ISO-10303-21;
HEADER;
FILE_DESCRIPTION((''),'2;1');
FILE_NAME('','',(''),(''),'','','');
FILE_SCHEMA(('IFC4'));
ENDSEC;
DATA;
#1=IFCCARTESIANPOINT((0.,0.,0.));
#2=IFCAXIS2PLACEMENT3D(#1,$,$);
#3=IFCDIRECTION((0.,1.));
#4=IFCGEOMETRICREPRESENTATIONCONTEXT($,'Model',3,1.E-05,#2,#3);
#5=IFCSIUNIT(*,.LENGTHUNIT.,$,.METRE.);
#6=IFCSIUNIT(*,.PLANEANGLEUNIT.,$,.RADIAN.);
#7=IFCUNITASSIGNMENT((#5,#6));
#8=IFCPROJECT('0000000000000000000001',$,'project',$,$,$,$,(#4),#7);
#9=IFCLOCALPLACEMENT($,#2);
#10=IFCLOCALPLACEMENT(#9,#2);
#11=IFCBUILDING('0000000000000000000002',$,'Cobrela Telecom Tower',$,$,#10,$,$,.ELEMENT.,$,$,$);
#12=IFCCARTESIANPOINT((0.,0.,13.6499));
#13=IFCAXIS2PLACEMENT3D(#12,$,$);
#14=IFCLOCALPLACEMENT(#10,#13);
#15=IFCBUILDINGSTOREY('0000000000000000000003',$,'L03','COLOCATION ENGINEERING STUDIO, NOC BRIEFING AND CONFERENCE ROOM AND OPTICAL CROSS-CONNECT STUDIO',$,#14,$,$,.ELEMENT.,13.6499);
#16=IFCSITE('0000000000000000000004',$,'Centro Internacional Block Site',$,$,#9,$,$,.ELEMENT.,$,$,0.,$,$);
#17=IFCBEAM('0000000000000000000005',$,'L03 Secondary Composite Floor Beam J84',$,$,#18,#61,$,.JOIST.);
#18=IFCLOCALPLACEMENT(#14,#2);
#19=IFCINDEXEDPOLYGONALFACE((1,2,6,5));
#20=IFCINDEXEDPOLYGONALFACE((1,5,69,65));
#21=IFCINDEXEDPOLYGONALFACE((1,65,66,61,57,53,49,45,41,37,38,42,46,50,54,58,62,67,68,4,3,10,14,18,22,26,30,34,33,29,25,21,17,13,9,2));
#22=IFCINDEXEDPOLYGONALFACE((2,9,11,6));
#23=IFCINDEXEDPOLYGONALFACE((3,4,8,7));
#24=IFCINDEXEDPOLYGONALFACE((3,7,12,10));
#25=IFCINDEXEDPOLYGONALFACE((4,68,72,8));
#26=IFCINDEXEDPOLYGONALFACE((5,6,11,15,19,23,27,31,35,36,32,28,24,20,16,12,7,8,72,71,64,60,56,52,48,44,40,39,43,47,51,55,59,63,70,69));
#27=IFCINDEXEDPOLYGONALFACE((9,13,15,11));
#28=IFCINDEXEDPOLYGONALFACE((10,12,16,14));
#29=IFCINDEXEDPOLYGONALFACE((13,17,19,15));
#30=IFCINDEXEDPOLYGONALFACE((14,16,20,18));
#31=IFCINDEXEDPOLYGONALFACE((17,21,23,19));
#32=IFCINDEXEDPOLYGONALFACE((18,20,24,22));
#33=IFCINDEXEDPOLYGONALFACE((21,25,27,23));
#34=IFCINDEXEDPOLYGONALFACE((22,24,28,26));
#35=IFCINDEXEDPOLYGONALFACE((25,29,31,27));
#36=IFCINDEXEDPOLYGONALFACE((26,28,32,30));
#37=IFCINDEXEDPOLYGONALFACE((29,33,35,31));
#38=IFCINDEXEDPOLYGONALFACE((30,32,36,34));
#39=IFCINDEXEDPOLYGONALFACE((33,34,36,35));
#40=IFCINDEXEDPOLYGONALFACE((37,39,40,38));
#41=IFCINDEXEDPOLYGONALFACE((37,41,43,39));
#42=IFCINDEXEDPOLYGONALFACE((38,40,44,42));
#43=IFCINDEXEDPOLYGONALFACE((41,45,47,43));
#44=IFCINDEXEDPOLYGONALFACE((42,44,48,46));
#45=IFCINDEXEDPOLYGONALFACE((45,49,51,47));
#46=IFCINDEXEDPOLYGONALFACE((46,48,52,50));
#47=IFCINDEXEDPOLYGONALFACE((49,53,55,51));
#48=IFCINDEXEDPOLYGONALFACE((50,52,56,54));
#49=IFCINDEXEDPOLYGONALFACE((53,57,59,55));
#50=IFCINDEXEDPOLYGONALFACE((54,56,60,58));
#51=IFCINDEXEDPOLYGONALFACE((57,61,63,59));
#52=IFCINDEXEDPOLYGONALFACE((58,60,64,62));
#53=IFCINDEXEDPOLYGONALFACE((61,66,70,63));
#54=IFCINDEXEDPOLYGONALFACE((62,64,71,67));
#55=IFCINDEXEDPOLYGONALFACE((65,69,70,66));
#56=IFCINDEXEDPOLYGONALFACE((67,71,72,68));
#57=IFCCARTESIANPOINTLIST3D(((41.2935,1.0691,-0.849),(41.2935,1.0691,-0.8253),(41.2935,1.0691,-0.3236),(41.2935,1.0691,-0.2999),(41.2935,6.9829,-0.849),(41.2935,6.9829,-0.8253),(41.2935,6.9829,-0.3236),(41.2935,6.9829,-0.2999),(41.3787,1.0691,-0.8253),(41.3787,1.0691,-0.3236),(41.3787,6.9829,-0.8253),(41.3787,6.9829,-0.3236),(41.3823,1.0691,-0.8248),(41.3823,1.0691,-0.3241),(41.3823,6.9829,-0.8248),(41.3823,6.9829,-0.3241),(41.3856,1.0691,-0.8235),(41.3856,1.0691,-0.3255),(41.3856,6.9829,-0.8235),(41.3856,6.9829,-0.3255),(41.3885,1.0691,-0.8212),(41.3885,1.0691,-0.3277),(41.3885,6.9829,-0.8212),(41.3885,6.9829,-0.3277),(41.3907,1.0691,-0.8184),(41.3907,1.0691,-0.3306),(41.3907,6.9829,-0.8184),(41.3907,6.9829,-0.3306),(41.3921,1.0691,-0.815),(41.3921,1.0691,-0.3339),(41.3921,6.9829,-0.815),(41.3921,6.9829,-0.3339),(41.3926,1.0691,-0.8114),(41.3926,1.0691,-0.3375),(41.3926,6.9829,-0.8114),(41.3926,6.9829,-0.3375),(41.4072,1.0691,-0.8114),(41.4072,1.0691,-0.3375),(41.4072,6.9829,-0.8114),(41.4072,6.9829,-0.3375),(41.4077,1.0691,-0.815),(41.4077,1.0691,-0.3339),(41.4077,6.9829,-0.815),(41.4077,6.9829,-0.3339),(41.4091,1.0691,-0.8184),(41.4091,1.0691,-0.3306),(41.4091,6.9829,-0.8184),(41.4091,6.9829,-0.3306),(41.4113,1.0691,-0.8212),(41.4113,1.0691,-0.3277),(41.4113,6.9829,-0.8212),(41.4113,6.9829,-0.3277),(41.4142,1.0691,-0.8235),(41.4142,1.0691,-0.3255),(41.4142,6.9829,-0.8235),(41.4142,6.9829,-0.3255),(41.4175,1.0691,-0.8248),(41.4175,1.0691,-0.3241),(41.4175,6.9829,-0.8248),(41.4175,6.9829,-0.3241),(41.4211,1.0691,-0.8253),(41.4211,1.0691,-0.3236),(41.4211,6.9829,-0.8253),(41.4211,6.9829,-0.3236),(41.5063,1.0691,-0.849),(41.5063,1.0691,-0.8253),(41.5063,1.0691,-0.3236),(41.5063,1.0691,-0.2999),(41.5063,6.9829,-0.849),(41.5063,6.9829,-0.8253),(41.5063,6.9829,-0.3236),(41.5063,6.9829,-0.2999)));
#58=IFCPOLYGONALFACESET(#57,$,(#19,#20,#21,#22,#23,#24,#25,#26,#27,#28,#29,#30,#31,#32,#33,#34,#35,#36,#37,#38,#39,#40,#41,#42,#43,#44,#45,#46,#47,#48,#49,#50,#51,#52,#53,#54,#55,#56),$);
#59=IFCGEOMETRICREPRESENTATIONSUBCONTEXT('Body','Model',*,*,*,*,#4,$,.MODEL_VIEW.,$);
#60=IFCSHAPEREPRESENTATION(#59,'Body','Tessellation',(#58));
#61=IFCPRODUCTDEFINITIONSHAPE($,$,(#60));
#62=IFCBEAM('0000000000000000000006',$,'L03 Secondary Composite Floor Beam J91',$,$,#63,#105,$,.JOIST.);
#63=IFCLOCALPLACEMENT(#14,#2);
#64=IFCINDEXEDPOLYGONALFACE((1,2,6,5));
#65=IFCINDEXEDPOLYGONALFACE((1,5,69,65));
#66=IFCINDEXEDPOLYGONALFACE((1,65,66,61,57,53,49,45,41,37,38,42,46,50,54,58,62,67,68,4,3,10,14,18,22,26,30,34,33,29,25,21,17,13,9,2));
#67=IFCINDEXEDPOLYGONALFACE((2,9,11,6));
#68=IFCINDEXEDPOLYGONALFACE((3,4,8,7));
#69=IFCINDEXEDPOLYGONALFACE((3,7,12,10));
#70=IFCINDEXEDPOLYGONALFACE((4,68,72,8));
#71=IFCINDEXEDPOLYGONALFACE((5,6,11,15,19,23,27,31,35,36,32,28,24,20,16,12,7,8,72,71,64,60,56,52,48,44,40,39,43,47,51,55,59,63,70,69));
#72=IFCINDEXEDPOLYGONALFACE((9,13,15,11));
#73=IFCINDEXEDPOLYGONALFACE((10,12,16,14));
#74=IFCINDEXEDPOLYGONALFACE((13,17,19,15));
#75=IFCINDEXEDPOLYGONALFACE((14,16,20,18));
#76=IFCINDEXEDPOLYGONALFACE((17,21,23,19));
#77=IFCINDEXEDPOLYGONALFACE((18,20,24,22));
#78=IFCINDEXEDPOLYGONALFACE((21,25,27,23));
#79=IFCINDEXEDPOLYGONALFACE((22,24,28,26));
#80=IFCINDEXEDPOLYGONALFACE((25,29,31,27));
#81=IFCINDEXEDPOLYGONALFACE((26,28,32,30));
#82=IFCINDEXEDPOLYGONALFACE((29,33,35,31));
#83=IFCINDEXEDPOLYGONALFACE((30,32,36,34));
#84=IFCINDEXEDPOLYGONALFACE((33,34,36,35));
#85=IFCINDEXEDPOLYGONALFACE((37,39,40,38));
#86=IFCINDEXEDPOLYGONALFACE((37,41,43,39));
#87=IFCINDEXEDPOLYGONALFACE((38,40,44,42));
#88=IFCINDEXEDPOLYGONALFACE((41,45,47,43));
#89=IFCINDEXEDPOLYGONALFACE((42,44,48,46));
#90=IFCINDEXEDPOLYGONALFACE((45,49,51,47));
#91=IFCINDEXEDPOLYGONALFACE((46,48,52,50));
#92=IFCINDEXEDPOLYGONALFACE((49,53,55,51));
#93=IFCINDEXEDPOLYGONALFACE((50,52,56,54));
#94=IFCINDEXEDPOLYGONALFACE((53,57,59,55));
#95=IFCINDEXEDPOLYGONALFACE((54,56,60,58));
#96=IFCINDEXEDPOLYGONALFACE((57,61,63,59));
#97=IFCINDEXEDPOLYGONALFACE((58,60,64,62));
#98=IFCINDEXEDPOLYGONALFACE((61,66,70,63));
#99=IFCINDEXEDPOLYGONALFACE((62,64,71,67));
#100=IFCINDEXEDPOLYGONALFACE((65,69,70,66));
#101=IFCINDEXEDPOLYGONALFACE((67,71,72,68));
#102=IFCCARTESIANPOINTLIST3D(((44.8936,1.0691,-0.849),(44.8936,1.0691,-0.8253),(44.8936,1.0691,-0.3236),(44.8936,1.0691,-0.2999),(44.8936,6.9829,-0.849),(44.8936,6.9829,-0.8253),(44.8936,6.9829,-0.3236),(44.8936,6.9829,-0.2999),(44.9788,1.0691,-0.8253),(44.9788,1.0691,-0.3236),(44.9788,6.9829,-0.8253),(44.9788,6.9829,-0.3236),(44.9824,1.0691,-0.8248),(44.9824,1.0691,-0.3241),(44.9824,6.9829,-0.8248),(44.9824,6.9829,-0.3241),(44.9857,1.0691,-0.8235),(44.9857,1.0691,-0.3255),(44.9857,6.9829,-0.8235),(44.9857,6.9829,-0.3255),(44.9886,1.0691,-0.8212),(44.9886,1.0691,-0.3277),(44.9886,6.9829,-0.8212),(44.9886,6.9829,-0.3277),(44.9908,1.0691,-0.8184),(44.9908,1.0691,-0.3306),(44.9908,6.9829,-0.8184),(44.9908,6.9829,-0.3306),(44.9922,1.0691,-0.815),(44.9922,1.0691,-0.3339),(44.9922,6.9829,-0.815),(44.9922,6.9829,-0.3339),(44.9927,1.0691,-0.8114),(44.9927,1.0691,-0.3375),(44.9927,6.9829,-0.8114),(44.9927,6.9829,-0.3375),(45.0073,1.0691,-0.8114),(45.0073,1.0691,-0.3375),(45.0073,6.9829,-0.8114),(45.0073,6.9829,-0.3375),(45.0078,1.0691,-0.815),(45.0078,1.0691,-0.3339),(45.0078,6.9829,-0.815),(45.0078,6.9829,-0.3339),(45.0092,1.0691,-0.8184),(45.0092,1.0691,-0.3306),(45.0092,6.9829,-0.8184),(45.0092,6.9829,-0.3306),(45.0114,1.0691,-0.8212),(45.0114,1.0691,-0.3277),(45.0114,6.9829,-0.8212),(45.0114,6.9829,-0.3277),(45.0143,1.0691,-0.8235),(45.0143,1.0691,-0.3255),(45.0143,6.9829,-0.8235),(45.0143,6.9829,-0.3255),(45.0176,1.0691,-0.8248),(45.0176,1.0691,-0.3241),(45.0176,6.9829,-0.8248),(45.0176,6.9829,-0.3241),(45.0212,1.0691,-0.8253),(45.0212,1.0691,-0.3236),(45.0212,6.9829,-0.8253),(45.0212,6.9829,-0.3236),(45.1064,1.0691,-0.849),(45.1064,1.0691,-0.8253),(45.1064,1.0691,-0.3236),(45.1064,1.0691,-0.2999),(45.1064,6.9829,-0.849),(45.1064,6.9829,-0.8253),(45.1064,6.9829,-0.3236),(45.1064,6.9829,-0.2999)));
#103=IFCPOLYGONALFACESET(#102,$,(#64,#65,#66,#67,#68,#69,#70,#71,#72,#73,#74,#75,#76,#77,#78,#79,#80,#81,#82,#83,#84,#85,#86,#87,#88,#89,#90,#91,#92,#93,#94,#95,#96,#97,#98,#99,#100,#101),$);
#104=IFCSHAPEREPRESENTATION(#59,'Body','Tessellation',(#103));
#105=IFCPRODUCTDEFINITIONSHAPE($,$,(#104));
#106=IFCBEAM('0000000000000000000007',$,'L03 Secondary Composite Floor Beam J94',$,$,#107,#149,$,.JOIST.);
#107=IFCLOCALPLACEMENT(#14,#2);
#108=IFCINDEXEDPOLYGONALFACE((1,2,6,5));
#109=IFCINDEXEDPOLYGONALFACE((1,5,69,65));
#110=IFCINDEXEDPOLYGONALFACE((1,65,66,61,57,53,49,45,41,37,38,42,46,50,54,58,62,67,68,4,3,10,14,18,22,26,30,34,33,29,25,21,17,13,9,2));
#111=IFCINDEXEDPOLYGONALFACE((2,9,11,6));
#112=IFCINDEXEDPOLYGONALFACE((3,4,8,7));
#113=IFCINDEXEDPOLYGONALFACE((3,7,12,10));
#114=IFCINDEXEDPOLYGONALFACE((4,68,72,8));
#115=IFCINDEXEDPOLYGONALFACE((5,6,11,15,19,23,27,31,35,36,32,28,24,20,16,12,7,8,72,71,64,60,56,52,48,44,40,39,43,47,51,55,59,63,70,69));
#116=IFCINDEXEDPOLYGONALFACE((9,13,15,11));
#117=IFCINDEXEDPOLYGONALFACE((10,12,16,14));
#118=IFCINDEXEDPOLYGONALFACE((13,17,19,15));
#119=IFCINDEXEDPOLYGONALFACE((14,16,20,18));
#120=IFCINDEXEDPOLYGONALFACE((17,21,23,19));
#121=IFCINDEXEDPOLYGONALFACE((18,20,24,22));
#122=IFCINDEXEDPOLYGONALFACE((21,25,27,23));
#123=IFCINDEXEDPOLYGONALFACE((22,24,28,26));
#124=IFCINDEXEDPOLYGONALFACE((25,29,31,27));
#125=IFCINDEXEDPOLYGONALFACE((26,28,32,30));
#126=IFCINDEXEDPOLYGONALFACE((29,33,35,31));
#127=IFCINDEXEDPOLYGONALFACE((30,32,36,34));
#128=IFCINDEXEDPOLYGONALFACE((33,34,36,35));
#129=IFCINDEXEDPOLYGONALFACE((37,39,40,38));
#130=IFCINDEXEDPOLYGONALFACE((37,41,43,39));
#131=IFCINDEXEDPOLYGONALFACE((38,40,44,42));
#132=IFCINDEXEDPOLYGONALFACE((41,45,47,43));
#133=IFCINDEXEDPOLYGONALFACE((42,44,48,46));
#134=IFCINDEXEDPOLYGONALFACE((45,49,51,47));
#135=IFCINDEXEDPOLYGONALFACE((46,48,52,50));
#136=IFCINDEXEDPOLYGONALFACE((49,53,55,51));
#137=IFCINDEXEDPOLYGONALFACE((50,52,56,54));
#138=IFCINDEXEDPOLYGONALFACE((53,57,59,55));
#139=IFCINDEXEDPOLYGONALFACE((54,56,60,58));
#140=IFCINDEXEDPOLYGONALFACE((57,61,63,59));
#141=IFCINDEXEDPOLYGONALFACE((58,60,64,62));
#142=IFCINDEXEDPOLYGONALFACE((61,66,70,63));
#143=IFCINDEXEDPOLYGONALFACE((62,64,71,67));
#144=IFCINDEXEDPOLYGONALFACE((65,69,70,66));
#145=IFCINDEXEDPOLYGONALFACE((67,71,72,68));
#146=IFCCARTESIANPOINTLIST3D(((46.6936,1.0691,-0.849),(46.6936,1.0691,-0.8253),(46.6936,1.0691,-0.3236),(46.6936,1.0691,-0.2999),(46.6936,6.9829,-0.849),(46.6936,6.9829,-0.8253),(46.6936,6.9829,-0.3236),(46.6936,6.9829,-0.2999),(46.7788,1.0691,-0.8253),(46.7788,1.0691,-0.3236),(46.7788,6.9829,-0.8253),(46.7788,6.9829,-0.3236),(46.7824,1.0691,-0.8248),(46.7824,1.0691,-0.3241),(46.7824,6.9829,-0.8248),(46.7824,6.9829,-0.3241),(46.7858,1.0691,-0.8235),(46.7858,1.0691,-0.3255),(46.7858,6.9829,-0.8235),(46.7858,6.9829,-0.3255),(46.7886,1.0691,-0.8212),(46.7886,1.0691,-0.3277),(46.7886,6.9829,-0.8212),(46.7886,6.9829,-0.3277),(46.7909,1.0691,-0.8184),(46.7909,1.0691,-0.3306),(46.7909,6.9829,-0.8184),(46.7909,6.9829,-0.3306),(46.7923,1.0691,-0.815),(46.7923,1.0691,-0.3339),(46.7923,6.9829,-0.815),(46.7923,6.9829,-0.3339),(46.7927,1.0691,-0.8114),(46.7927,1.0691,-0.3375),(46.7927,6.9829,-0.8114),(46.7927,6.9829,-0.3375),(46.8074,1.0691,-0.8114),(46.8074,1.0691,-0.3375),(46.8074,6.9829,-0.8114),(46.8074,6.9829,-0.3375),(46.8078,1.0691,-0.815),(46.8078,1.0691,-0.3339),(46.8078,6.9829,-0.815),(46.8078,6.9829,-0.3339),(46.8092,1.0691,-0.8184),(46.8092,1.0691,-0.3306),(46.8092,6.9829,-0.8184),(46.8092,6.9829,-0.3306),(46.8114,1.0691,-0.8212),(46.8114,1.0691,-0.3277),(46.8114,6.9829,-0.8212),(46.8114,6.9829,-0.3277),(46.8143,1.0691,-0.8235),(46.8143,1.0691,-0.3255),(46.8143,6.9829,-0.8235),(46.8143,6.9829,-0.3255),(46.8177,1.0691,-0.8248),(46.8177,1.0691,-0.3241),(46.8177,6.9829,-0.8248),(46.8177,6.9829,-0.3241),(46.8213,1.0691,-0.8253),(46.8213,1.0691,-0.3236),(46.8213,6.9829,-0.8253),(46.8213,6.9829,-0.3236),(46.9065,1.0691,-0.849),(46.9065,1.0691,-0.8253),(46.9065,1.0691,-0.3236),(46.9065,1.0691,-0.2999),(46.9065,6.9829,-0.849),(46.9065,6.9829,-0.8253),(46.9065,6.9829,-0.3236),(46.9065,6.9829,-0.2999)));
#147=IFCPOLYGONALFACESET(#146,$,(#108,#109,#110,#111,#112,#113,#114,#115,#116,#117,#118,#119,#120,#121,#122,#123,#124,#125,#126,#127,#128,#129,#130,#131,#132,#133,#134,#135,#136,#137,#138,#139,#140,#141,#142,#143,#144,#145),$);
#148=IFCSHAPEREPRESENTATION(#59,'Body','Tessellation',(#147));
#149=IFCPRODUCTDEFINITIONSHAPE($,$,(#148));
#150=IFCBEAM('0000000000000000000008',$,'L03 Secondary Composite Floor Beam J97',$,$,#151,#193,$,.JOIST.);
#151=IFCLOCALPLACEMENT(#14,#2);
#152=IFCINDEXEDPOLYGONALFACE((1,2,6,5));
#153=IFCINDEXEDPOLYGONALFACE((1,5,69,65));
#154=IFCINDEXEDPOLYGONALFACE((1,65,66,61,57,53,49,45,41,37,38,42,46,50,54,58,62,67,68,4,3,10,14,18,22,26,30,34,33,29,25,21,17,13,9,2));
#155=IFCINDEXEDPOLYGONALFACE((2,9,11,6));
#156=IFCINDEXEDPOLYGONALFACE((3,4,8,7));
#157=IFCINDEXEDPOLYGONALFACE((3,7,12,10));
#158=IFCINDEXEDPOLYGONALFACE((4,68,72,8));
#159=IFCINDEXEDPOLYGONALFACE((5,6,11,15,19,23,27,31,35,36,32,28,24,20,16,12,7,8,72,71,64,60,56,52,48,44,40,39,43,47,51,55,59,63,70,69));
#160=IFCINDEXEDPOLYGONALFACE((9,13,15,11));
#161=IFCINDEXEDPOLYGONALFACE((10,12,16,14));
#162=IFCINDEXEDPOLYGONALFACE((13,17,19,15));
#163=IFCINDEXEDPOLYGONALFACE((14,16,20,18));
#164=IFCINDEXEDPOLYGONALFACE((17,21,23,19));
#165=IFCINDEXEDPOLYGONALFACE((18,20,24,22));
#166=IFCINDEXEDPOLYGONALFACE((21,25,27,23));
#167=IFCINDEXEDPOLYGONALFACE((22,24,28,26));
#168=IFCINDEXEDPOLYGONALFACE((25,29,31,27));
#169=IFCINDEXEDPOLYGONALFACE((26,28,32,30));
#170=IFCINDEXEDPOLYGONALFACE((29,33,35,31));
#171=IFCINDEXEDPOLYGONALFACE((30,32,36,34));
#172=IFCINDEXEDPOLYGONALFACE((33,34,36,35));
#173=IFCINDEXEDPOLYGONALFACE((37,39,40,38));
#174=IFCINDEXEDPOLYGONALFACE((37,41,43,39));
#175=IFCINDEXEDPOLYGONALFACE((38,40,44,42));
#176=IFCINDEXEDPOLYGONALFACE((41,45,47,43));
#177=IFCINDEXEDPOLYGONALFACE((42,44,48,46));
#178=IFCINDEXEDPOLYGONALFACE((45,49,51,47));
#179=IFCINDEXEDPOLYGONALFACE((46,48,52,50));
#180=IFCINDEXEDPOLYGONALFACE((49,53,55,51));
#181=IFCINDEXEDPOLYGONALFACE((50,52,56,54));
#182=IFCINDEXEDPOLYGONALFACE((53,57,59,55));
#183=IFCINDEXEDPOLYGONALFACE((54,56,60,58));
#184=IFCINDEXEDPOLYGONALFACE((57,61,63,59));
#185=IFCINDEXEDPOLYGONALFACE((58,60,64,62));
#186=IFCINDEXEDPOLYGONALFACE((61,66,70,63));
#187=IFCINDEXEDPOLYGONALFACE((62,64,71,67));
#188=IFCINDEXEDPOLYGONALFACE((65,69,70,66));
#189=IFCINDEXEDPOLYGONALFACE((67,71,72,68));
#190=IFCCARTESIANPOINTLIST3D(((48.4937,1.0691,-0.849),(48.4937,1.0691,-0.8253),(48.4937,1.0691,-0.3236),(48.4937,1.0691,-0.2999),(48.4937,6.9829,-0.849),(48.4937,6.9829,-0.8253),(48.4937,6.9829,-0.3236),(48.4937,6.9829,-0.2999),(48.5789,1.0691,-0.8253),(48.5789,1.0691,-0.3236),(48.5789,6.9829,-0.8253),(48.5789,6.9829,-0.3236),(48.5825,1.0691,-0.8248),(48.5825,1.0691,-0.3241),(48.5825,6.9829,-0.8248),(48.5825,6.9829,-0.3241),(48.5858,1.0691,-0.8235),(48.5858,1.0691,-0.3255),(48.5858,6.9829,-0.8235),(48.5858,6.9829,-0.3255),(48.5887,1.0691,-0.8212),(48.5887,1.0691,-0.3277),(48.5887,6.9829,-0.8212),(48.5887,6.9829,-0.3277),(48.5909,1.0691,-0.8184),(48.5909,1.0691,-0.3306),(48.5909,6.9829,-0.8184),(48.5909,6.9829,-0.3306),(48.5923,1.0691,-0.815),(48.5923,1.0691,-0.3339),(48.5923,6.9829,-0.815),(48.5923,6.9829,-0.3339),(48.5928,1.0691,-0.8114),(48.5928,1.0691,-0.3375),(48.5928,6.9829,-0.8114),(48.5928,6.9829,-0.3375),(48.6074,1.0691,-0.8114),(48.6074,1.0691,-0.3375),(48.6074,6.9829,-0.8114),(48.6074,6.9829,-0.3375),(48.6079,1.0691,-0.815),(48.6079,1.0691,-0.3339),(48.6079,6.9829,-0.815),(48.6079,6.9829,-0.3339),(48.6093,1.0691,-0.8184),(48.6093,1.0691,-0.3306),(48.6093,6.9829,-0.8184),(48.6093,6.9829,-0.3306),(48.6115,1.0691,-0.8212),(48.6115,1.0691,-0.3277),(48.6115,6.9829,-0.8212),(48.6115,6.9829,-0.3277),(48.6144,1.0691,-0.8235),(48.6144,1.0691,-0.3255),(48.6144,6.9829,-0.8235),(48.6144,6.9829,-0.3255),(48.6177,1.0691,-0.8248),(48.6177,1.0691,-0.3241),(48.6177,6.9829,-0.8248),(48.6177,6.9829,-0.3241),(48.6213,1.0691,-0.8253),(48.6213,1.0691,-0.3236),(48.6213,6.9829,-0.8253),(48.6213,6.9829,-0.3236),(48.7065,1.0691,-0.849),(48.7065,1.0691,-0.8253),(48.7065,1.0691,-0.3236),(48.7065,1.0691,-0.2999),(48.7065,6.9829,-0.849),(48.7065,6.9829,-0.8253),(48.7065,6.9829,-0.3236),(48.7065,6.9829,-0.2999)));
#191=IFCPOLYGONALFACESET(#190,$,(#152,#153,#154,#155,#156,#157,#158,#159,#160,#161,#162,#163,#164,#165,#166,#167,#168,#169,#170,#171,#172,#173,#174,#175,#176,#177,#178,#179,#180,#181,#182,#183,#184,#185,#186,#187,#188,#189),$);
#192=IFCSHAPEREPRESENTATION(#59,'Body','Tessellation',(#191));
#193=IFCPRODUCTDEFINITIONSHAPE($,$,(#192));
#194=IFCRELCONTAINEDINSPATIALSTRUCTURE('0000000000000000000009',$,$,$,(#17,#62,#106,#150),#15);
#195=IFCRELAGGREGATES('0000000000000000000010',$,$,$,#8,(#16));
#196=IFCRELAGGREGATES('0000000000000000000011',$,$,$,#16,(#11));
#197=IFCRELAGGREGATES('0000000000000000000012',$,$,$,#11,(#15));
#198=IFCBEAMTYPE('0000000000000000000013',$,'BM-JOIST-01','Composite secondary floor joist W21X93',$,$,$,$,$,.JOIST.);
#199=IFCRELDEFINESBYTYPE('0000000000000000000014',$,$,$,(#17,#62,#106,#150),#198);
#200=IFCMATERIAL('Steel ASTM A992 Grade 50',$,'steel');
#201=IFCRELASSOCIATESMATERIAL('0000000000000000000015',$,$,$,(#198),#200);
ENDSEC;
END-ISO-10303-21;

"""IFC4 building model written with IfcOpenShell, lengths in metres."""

from ifc_helpers import new_model, si_unit, direction, frame, origin, origin_2d, place, context, subcontext, project, spatial, i_section, extrude, material, material_profile, profile_set, type_object, element, save


model = new_model("IFC4")

# Units and contexts
model_context = context("Model", 3, precision=1e-05, world=origin(), true_north=direction((0.0, 1.0)))
body_context = subcontext(model_context, "Body", "Model", "MODEL_VIEW")
ifc_project = project(units=[si_unit("LENGTHUNIT", "METRE"), si_unit("PLANEANGLEUNIT", "RADIAN")], contexts=[model_context])

# Site, building, storey
site_placement = place(None, origin())
site = spatial("IfcSite", under=ifc_project, at=site_placement, Name="Centro Internacional Block Site", CompositionType="ELEMENT", RefElevation=0.0)
building_placement = place(site_placement, origin())
building = spatial("IfcBuilding", under=site, at=building_placement, Name="Cobrela Telecom Tower", CompositionType="ELEMENT")
storey_placement = place(building_placement, frame((0.0, 0.0, 13.6499)))
storey = spatial("IfcBuildingStorey", under=building, at=storey_placement, Name="L03", Description="COLOCATION ENGINEERING STUDIO, NOC BRIEFING AND CONFERENCE ROOM AND OPTICAL CROSS-CONNECT STUDIO", CompositionType="ELEMENT", Elevation=13.6499)

# Beams
ifc_material_1 = material(Name="Steel ASTM A992 Grade 50", Category="steel")
ifc_material_profile_1 = material_profile(ifc_material_1, i_section(OverallWidth=0.2129, OverallDepth=0.5491, WebThickness=0.0146, FlangeThickness=0.0237, FilletRadius=0.0139, at=origin_2d()), Name="W21X93")
ifc_profile_set_1 = profile_set([ifc_material_profile_1], Name="Steel ASTM A992 Grade 50")
beam_type_1 = type_object("IfcBeamType", Name="BM-JOIST-01", Description="Composite secondary floor joist W21X93", PredefinedType="JOIST", material=ifc_profile_set_1)
for number, where, z_axis, x_axis, name in (
    (1, (41.3999, 1.0691, -0.5745), (0.0, 1.0, 0.0), (-1.0, 0.0, 0.0), "L03 Secondary Composite Floor Beam J84"),
    (2, (45.0, 1.0691, -0.5745), (0.0, 1.0, 0.0), (-1.0, 0.0, 0.0), "L03 Secondary Composite Floor Beam J91"),
    (3, (46.8, 1.0691, -0.5745), (0.0, 1.0, 0.0), (-1.0, 0.0, 0.0), "L03 Secondary Composite Floor Beam J94"),
    (4, (48.6001, 1.0691, -0.5745), (0.0, 1.0, 0.0), (-1.0, 0.0, 0.0), "L03 Secondary Composite Floor Beam J97"),
):
    element("IfcBeam", number, at=place(storey_placement, frame(where, z_axis=z_axis, x_axis=x_axis)), inside=storey, type_object=beam_type_1, Name=name, PredefinedType="JOIST", context=body_context, shape_type="SweptSolid", body=[
        extrude(i_section(OverallWidth=0.2129, OverallDepth=0.5491, WebThickness=0.0146, FlangeThickness=0.0237, FilletRadius=0.0139, at=origin_2d()), origin(), (0.0, 0.0, 1.0), 5.9138),
    ])

save(model, "model.ifc")
